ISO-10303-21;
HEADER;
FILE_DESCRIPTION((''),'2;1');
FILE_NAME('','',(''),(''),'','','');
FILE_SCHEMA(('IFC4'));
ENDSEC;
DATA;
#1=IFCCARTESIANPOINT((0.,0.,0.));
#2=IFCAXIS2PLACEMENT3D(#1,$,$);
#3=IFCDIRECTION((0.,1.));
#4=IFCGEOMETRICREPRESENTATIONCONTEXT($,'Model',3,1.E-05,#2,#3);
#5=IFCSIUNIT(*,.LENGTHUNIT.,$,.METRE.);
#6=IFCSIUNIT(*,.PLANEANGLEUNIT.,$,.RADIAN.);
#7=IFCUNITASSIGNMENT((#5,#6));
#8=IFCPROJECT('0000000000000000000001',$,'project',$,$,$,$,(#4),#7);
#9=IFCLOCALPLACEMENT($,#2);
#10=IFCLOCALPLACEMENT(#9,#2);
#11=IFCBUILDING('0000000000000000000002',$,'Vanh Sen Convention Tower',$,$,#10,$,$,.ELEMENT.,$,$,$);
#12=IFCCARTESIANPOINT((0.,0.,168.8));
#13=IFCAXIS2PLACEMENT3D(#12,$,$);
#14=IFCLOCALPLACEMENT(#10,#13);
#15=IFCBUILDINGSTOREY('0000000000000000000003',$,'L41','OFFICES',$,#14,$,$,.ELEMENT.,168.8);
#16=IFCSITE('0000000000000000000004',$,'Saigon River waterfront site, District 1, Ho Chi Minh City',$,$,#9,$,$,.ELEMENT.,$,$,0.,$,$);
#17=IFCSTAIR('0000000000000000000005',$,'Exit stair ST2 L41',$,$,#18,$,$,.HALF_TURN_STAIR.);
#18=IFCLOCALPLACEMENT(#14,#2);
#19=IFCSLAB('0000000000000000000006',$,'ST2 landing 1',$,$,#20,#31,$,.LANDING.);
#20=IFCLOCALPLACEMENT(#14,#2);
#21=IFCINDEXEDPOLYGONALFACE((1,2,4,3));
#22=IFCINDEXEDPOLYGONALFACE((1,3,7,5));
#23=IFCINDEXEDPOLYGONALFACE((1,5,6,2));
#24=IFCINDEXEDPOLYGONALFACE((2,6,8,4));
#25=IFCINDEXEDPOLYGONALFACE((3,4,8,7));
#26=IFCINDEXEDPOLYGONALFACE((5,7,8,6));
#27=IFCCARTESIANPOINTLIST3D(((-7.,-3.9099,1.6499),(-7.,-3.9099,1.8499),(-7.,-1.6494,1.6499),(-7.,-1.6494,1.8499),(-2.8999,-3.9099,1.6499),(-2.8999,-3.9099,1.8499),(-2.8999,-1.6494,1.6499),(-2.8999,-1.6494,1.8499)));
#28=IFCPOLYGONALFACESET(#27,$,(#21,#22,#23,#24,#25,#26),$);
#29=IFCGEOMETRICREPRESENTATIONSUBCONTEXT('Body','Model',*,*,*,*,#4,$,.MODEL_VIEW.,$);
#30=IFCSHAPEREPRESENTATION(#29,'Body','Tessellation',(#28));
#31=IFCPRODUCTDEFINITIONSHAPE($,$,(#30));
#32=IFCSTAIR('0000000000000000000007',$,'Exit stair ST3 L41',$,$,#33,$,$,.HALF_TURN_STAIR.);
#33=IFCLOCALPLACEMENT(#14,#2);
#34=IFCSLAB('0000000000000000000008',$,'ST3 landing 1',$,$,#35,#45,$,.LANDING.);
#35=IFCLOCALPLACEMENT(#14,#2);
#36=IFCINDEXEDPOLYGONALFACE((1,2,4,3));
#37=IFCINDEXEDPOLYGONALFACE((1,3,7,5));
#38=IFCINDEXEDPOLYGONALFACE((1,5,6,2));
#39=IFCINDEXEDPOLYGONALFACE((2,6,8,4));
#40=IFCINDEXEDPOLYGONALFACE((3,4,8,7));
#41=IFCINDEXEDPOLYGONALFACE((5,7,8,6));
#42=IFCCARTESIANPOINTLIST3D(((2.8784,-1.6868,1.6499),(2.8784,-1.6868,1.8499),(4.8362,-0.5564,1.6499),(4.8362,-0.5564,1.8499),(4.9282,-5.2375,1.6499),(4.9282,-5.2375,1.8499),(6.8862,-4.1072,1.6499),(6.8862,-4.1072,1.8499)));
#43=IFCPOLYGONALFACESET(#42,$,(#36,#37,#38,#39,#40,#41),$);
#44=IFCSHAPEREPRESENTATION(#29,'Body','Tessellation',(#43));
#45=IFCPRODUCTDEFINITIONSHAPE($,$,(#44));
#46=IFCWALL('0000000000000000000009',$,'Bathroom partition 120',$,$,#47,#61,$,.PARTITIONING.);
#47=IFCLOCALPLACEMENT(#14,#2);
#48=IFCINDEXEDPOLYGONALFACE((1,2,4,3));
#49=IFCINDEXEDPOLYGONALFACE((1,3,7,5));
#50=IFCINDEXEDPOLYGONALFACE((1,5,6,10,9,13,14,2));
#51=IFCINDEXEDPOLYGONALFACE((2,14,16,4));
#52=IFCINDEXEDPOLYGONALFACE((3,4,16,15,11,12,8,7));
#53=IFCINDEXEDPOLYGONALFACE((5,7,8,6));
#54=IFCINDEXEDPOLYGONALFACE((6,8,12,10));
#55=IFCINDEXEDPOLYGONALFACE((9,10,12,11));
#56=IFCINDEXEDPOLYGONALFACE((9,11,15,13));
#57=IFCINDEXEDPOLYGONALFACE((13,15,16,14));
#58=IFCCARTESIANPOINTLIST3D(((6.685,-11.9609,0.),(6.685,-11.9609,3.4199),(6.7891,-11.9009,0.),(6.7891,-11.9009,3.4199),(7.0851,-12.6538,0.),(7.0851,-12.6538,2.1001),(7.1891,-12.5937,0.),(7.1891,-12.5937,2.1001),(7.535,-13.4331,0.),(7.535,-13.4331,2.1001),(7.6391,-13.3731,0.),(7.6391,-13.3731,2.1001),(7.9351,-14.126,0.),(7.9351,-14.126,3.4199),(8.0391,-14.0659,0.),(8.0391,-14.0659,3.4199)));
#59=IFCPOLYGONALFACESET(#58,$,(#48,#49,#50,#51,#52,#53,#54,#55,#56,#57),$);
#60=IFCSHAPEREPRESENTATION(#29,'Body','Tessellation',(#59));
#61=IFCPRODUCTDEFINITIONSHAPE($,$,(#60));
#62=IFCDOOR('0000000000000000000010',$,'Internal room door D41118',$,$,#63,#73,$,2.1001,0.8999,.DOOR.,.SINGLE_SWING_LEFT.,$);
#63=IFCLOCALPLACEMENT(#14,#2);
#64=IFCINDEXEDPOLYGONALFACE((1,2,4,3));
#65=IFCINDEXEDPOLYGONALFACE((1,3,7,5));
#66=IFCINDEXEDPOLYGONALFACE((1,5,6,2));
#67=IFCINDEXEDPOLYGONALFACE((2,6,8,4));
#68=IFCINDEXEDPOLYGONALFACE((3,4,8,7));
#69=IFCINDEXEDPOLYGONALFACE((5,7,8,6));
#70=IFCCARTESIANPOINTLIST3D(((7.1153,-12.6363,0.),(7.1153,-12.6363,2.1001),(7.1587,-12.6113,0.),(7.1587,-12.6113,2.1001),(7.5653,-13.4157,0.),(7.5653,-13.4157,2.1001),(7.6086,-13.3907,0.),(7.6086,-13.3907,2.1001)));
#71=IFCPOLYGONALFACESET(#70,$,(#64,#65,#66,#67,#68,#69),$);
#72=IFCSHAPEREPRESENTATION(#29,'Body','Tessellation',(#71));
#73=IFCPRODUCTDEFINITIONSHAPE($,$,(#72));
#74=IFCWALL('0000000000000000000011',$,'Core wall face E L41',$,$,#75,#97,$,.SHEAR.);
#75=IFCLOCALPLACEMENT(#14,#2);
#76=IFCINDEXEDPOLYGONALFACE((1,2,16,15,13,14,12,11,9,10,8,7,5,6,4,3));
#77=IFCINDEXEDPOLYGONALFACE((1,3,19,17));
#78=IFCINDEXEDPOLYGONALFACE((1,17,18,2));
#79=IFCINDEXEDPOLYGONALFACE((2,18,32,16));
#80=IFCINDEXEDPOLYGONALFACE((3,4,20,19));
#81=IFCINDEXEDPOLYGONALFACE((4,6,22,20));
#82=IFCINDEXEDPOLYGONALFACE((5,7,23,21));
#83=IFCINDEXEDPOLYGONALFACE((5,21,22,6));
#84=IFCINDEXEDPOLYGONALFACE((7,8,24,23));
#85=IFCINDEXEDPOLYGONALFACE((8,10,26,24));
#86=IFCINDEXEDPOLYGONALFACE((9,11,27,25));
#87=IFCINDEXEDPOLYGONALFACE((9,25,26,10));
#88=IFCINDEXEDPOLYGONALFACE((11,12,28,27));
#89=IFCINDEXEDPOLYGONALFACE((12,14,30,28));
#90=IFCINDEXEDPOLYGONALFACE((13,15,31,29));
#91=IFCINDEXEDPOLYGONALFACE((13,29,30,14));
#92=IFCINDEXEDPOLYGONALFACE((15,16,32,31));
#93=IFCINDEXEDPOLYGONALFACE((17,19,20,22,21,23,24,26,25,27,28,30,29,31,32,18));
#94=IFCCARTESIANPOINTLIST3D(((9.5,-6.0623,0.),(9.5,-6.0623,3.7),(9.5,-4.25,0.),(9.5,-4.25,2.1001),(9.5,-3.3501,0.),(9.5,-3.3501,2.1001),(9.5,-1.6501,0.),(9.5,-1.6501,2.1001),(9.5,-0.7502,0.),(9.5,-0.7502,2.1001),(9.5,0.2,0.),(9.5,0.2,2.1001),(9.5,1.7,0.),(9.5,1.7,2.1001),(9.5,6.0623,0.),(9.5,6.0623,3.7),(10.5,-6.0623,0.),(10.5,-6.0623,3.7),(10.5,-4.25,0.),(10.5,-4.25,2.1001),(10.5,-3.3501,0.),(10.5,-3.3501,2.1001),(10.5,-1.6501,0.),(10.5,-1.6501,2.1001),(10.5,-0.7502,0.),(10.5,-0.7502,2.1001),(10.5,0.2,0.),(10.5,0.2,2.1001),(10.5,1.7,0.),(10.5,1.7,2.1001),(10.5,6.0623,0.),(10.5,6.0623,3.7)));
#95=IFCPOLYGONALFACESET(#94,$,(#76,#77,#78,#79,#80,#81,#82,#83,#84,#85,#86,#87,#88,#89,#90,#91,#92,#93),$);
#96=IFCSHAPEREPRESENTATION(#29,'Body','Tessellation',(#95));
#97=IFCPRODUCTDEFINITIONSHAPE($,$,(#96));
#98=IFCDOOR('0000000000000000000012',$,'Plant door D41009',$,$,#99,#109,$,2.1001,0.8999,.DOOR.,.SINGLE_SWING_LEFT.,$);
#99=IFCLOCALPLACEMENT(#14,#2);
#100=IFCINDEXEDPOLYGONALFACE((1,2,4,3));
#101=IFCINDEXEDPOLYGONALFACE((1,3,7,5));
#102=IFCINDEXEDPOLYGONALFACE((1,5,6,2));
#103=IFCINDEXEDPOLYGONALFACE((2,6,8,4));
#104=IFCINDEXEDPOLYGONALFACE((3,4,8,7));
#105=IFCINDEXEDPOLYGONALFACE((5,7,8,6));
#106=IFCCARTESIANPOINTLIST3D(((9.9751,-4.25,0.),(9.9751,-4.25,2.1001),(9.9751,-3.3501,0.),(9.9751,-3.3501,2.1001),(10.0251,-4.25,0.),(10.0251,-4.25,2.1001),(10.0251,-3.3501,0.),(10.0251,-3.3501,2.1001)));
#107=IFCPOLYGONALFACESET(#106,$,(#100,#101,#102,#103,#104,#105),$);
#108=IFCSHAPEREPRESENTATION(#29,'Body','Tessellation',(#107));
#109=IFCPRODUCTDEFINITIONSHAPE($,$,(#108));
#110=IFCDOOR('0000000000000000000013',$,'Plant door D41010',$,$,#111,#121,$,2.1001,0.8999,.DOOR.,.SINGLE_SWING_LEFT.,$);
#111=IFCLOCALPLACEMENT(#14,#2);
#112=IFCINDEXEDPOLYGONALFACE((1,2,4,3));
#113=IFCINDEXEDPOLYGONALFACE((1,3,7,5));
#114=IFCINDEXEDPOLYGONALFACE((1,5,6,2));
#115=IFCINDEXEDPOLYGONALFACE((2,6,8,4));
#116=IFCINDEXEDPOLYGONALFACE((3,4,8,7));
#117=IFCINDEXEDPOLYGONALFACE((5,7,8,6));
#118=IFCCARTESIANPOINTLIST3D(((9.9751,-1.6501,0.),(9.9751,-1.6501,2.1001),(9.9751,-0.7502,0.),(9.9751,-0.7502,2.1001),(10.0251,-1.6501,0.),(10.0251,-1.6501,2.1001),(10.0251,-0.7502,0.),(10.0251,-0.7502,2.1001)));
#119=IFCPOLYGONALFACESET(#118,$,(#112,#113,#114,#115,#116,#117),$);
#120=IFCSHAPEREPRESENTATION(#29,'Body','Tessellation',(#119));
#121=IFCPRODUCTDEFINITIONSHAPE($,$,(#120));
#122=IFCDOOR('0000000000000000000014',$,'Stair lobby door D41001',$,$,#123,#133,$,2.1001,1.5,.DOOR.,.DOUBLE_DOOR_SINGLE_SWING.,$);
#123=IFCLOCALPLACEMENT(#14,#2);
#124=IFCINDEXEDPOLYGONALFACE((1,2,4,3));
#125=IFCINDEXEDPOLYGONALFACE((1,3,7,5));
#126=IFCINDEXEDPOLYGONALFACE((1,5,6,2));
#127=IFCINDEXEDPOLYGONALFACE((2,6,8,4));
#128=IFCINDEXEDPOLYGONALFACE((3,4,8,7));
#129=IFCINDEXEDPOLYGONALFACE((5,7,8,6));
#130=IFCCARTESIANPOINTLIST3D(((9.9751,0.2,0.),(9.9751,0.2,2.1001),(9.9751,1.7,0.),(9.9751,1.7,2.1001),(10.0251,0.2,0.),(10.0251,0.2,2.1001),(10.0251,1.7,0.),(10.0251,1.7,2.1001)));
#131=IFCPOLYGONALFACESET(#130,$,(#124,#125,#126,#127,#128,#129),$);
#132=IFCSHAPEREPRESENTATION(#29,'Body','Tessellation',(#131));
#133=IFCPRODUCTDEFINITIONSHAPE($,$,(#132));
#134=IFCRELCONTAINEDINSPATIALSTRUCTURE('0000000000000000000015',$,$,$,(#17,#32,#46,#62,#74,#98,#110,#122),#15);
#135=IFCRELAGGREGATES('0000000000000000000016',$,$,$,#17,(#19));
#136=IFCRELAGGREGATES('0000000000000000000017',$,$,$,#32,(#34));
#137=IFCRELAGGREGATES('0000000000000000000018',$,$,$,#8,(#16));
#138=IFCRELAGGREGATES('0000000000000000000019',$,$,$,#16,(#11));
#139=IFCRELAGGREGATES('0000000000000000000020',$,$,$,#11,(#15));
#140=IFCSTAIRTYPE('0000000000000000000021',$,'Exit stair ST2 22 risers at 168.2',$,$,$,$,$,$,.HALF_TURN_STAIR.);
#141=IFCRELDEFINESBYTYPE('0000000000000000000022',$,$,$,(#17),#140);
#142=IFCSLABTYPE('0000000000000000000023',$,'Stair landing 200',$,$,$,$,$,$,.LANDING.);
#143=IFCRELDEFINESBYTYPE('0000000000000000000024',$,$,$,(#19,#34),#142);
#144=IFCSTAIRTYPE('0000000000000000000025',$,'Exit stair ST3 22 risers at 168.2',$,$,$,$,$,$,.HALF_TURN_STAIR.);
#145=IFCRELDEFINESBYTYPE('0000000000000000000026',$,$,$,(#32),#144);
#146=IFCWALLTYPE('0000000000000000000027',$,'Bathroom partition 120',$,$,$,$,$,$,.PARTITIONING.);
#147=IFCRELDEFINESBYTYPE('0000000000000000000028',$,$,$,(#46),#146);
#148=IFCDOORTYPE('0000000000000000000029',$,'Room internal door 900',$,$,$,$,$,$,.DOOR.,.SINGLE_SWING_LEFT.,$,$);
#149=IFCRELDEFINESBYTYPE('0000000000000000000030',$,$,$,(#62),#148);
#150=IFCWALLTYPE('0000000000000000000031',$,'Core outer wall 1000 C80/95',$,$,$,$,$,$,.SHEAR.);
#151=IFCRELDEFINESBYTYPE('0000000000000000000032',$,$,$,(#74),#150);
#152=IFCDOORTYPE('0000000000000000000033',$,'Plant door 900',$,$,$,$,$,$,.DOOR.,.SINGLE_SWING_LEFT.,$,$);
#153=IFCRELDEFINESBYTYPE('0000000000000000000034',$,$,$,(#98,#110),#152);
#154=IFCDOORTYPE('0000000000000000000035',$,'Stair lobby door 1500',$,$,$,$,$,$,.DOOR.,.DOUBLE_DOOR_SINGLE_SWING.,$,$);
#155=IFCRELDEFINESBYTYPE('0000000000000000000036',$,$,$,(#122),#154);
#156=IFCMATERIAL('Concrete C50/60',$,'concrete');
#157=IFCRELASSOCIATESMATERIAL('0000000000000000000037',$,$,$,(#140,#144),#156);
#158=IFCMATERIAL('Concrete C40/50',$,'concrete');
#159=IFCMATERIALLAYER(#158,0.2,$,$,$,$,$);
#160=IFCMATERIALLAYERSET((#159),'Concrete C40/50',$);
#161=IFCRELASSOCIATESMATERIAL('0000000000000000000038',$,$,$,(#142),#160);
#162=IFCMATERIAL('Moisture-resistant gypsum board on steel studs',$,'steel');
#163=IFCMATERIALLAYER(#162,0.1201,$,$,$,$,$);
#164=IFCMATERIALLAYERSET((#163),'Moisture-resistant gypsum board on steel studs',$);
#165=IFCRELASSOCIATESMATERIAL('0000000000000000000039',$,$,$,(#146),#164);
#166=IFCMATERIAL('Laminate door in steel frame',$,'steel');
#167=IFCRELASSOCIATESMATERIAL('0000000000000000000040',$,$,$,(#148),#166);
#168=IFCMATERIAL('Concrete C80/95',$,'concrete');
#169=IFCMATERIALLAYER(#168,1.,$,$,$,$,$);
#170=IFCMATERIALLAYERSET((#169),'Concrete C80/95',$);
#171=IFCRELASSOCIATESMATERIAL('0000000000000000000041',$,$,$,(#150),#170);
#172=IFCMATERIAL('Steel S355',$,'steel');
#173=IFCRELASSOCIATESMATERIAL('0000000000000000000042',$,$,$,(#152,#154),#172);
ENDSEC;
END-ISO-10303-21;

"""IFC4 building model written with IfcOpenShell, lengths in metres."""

from ifc_helpers import new_model, si_unit, direction, frame, frame_2d, origin, place, context, subcontext, project, spatial, polyline, rectangle, outline, extrude, material, layer, layer_set, type_object, element, fill, aggregate, save


model = new_model("IFC4")

# Units and contexts
model_context = context("Model", 3, precision=1e-05, world=origin(), true_north=direction((0.0, 1.0)))
body_context = subcontext(model_context, "Body", "Model", "MODEL_VIEW")
ifc_project = project(units=[si_unit("LENGTHUNIT", "METRE"), si_unit("PLANEANGLEUNIT", "RADIAN")], contexts=[model_context])

# Site, building, storey
site_placement = place(None, origin())
site = spatial("IfcSite", under=ifc_project, at=site_placement, Name="Saigon River waterfront site, District 1, Ho Chi Minh City", CompositionType="ELEMENT", RefElevation=0.0)
building_placement = place(site_placement, origin())
building = spatial("IfcBuilding", under=site, at=building_placement, Name="Vanh Sen Convention Tower", CompositionType="ELEMENT")
storey_placement = place(building_placement, frame((0.0, 0.0, 168.8)))
storey = spatial("IfcBuildingStorey", under=building, at=storey_placement, Name="L41", Description="OFFICES", CompositionType="ELEMENT", Elevation=168.8)

# Stairs, slabs
ifc_material_1 = material(Name="Concrete C50/60", Category="concrete")
stair_type_1 = type_object("IfcStairType", Name="Exit stair ST2 22 risers at 168.2", PredefinedType="HALF_TURN_STAIR", material=ifc_material_1)
stair_1_placement = place(storey_placement, origin())
stair_1 = element("IfcStair", 1, at=stair_1_placement, inside=storey, type_object=stair_type_1, Name="Exit stair ST2 L41", PredefinedType="HALF_TURN_STAIR")
ifc_material_2 = material(Name="Concrete C40/50", Category="concrete")
ifc_layer_1 = layer(ifc_material_2, 0.2)
ifc_layer_set_1 = layer_set([ifc_layer_1], Name="Concrete C40/50")
slab_type = type_object("IfcSlabType", Name="Stair landing 200", PredefinedType="LANDING", material=ifc_layer_set_1)
slab_1_placement = place(storey_placement, frame((0.0, 0.0, 1.6499)))
slab_1 = element("IfcSlab", 2, at=slab_1_placement, type_object=slab_type, Name="ST2 landing 1", PredefinedType="LANDING", context=body_context, shape_type="SweptSolid", body=[
    extrude(outline(polyline([(-7.0, -1.6494), (-7.0, -3.9099), (-2.8999, -3.9099), (-2.8999, -1.6494), (-7.0, -1.6494)])), origin(), (0.0, 0.0, 1.0), 0.2),
])
aggregate(stair_1, [slab_1])
stair_type_2 = type_object("IfcStairType", Name="Exit stair ST3 22 risers at 168.2", PredefinedType="HALF_TURN_STAIR", material=ifc_material_1)
stair_2_placement = place(storey_placement, origin())
stair_2 = element("IfcStair", 3, at=stair_2_placement, inside=storey, type_object=stair_type_2, Name="Exit stair ST3 L41", PredefinedType="HALF_TURN_STAIR")
slab_2_placement = place(storey_placement, frame((0.0, 0.0, 1.6499)))
slab_2 = element("IfcSlab", 4, at=slab_2_placement, type_object=slab_type, Name="ST3 landing 1", PredefinedType="LANDING", context=body_context, shape_type="SweptSolid", body=[
    extrude(outline(polyline([(4.9282, -5.2375), (6.8862, -4.1072), (4.8362, -0.5564), (2.8784, -1.6868), (4.9282, -5.2375)])), origin(), (0.0, 0.0, 1.0), 0.2),
])
aggregate(stair_2, [slab_2])

# Wall, opening, door
ifc_material_3 = material(Name="Moisture-resistant gypsum board on steel studs", Category="steel")
ifc_layer_2 = layer(ifc_material_3, 0.1201)
ifc_layer_set_2 = layer_set([ifc_layer_2], Name="Moisture-resistant gypsum board on steel studs")
wall_type_1 = type_object("IfcWallType", Name="Bathroom partition 120", PredefinedType="PARTITIONING", material=ifc_layer_set_2)
wall_1_placement = place(storey_placement, frame((6.7371, -11.9309, 0.0), z_axis=(0.0, 0.0, 1.0), x_axis=(0.500004, -0.866023, 0.0)))
wall_1 = element("IfcWall", 5, at=wall_1_placement, inside=storey, type_object=wall_type_1, Name="Bathroom partition 120", PredefinedType="PARTITIONING", context=body_context, shape_type="SweptSolid", body=[
    extrude(rectangle(XDim=2.5, YDim=0.1201, at=frame_2d((1.25, 0.0))), origin(), (0.0, 0.0, 1.0), 3.4199),
])
opening_1_placement = place(wall_1_placement, frame((0.8, 0.0, 0.0)))
opening_1 = element("IfcOpeningElement", 6, at=opening_1_placement, cuts=wall_1, PredefinedType="OPENING", context=body_context, shape_type="SweptSolid", body=[
    extrude(rectangle(XDim=0.8999, YDim=2.1001, at=frame_2d((0.45, 1.05))), frame((0.0, 0.0701, 0.0), z_axis=(0.0, -1.0, 0.0), x_axis=(1.0, 0.0, 0.0)), (0.0, 0.0, 1.0), 0.1401),
])
ifc_material_4 = material(Name="Laminate door in steel frame", Category="steel")
door_type_1 = type_object("IfcDoorType", Name="Room internal door 900", OperationType="SINGLE_SWING_LEFT", PredefinedType="DOOR", material=ifc_material_4)
door_1_placement = place(opening_1_placement, origin())
door_1 = element("IfcDoor", 7, at=door_1_placement, inside=storey, type_object=door_type_1, Name="Internal room door D41118", OperationType="SINGLE_SWING_LEFT", OverallHeight=2.1001, OverallWidth=0.8999, PredefinedType="DOOR", context=body_context, shape_type="SweptSolid", body=[
    extrude(rectangle(XDim=0.8999, YDim=2.1001, at=frame_2d((0.45, 1.05))), frame((0.0, 0.0249, 0.0), z_axis=(0.0, -1.0, 0.0), x_axis=(1.0, 0.0, 0.0)), (0.0, 0.0, 1.0), 0.05),
])
fill(opening_1, door_1)

# Wall, openings, doors
ifc_material_5 = material(Name="Concrete C80/95", Category="concrete")
ifc_layer_3 = layer(ifc_material_5, 1.0)
ifc_layer_set_3 = layer_set([ifc_layer_3], Name="Concrete C80/95")
wall_type_2 = type_object("IfcWallType", Name="Core outer wall 1000 C80/95", PredefinedType="SHEAR", material=ifc_layer_set_3)
wall_2_placement = place(storey_placement, frame((10.0, -6.0623, 0.0), z_axis=(0.0, 0.0, 1.0), x_axis=(0.0, 1.0, 0.0)))
wall_2 = element("IfcWall", 8, at=wall_2_placement, inside=storey, type_object=wall_type_2, Name="Core wall face E L41", PredefinedType="SHEAR", context=body_context, shape_type="SweptSolid", body=[
    extrude(rectangle(XDim=12.1245, YDim=1.0, at=frame_2d((6.0623, 0.0))), origin(), (0.0, 0.0, 1.0), 3.7),
])
opening_2_placement = place(wall_2_placement, frame((6.2622, 0.0, 0.0)))
opening_2 = element("IfcOpeningElement", 9, at=opening_2_placement, cuts=wall_2, PredefinedType="OPENING", context=body_context, shape_type="SweptSolid", body=[
    extrude(rectangle(XDim=1.5, YDim=2.1001, at=frame_2d((0.75, 1.05))), frame((0.0, 0.51, 0.0), z_axis=(0.0, -1.0, 0.0), x_axis=(1.0, 0.0, 0.0)), (0.0, 0.0, 1.0), 1.02),
])
opening_3_placement = place(wall_2_placement, frame((1.8123, 0.0, 0.0)))
opening_3 = element("IfcOpeningElement", 10, at=opening_3_placement, cuts=wall_2, PredefinedType="OPENING", context=body_context, shape_type="SweptSolid", body=[
    extrude(rectangle(XDim=0.8999, YDim=2.1001, at=frame_2d((0.45, 1.05))), frame((0.0, 0.51, 0.0), z_axis=(0.0, -1.0, 0.0), x_axis=(1.0, 0.0, 0.0)), (0.0, 0.0, 1.0), 1.02),
])
opening_4_placement = place(wall_2_placement, frame((4.4121, 0.0, 0.0)))
opening_4 = element("IfcOpeningElement", 11, at=opening_4_placement, cuts=wall_2, PredefinedType="OPENING", context=body_context, shape_type="SweptSolid", body=[
    extrude(rectangle(XDim=0.8999, YDim=2.1001, at=frame_2d((0.45, 1.05))), frame((0.0, 0.51, 0.0), z_axis=(0.0, -1.0, 0.0), x_axis=(1.0, 0.0, 0.0)), (0.0, 0.0, 1.0), 1.02),
])
ifc_material_6 = material(Name="Steel S355", Category="steel")
door_type_2 = type_object("IfcDoorType", Name="Plant door 900", OperationType="SINGLE_SWING_LEFT", PredefinedType="DOOR", material=ifc_material_6)
door_2_placement = place(opening_3_placement, origin())
door_2 = element("IfcDoor", 12, at=door_2_placement, inside=storey, type_object=door_type_2, Name="Plant door D41009", OperationType="SINGLE_SWING_LEFT", OverallHeight=2.1001, OverallWidth=0.8999, PredefinedType="DOOR", context=body_context, shape_type="SweptSolid", body=[
    extrude(rectangle(XDim=0.8999, YDim=2.1001, at=frame_2d((0.45, 1.05))), frame((0.0, 0.0249, 0.0), z_axis=(0.0, -1.0, 0.0), x_axis=(1.0, 0.0, 0.0)), (0.0, 0.0, 1.0), 0.05),
])
fill(opening_3, door_2)
door_3_placement = place(opening_4_placement, origin())
door_3 = element("IfcDoor", 13, at=door_3_placement, inside=storey, type_object=door_type_2, Name="Plant door D41010", OperationType="SINGLE_SWING_LEFT", OverallHeight=2.1001, OverallWidth=0.8999, PredefinedType="DOOR", context=body_context, shape_type="SweptSolid", body=[
    extrude(rectangle(XDim=0.8999, YDim=2.1001, at=frame_2d((0.45, 1.05))), frame((0.0, 0.0249, 0.0), z_axis=(0.0, -1.0, 0.0), x_axis=(1.0, 0.0, 0.0)), (0.0, 0.0, 1.0), 0.05),
])
fill(opening_4, door_3)
door_type_3 = type_object("IfcDoorType", Name="Stair lobby door 1500", OperationType="DOUBLE_DOOR_SINGLE_SWING", PredefinedType="DOOR", material=ifc_material_6)
door_4_placement = place(opening_2_placement, origin())
door_4 = element("IfcDoor", 14, at=door_4_placement, inside=storey, type_object=door_type_3, Name="Stair lobby door D41001", OperationType="DOUBLE_DOOR_SINGLE_SWING", OverallHeight=2.1001, OverallWidth=1.5, PredefinedType="DOOR", context=body_context, shape_type="SweptSolid", body=[
    extrude(rectangle(XDim=1.5, YDim=2.1001, at=frame_2d((0.75, 1.05))), frame((0.0, 0.0249, 0.0), z_axis=(0.0, -1.0, 0.0), x_axis=(1.0, 0.0, 0.0)), (0.0, 0.0, 1.0), 0.05),
])
fill(opening_2, door_4)

save(model, "model.ifc")
